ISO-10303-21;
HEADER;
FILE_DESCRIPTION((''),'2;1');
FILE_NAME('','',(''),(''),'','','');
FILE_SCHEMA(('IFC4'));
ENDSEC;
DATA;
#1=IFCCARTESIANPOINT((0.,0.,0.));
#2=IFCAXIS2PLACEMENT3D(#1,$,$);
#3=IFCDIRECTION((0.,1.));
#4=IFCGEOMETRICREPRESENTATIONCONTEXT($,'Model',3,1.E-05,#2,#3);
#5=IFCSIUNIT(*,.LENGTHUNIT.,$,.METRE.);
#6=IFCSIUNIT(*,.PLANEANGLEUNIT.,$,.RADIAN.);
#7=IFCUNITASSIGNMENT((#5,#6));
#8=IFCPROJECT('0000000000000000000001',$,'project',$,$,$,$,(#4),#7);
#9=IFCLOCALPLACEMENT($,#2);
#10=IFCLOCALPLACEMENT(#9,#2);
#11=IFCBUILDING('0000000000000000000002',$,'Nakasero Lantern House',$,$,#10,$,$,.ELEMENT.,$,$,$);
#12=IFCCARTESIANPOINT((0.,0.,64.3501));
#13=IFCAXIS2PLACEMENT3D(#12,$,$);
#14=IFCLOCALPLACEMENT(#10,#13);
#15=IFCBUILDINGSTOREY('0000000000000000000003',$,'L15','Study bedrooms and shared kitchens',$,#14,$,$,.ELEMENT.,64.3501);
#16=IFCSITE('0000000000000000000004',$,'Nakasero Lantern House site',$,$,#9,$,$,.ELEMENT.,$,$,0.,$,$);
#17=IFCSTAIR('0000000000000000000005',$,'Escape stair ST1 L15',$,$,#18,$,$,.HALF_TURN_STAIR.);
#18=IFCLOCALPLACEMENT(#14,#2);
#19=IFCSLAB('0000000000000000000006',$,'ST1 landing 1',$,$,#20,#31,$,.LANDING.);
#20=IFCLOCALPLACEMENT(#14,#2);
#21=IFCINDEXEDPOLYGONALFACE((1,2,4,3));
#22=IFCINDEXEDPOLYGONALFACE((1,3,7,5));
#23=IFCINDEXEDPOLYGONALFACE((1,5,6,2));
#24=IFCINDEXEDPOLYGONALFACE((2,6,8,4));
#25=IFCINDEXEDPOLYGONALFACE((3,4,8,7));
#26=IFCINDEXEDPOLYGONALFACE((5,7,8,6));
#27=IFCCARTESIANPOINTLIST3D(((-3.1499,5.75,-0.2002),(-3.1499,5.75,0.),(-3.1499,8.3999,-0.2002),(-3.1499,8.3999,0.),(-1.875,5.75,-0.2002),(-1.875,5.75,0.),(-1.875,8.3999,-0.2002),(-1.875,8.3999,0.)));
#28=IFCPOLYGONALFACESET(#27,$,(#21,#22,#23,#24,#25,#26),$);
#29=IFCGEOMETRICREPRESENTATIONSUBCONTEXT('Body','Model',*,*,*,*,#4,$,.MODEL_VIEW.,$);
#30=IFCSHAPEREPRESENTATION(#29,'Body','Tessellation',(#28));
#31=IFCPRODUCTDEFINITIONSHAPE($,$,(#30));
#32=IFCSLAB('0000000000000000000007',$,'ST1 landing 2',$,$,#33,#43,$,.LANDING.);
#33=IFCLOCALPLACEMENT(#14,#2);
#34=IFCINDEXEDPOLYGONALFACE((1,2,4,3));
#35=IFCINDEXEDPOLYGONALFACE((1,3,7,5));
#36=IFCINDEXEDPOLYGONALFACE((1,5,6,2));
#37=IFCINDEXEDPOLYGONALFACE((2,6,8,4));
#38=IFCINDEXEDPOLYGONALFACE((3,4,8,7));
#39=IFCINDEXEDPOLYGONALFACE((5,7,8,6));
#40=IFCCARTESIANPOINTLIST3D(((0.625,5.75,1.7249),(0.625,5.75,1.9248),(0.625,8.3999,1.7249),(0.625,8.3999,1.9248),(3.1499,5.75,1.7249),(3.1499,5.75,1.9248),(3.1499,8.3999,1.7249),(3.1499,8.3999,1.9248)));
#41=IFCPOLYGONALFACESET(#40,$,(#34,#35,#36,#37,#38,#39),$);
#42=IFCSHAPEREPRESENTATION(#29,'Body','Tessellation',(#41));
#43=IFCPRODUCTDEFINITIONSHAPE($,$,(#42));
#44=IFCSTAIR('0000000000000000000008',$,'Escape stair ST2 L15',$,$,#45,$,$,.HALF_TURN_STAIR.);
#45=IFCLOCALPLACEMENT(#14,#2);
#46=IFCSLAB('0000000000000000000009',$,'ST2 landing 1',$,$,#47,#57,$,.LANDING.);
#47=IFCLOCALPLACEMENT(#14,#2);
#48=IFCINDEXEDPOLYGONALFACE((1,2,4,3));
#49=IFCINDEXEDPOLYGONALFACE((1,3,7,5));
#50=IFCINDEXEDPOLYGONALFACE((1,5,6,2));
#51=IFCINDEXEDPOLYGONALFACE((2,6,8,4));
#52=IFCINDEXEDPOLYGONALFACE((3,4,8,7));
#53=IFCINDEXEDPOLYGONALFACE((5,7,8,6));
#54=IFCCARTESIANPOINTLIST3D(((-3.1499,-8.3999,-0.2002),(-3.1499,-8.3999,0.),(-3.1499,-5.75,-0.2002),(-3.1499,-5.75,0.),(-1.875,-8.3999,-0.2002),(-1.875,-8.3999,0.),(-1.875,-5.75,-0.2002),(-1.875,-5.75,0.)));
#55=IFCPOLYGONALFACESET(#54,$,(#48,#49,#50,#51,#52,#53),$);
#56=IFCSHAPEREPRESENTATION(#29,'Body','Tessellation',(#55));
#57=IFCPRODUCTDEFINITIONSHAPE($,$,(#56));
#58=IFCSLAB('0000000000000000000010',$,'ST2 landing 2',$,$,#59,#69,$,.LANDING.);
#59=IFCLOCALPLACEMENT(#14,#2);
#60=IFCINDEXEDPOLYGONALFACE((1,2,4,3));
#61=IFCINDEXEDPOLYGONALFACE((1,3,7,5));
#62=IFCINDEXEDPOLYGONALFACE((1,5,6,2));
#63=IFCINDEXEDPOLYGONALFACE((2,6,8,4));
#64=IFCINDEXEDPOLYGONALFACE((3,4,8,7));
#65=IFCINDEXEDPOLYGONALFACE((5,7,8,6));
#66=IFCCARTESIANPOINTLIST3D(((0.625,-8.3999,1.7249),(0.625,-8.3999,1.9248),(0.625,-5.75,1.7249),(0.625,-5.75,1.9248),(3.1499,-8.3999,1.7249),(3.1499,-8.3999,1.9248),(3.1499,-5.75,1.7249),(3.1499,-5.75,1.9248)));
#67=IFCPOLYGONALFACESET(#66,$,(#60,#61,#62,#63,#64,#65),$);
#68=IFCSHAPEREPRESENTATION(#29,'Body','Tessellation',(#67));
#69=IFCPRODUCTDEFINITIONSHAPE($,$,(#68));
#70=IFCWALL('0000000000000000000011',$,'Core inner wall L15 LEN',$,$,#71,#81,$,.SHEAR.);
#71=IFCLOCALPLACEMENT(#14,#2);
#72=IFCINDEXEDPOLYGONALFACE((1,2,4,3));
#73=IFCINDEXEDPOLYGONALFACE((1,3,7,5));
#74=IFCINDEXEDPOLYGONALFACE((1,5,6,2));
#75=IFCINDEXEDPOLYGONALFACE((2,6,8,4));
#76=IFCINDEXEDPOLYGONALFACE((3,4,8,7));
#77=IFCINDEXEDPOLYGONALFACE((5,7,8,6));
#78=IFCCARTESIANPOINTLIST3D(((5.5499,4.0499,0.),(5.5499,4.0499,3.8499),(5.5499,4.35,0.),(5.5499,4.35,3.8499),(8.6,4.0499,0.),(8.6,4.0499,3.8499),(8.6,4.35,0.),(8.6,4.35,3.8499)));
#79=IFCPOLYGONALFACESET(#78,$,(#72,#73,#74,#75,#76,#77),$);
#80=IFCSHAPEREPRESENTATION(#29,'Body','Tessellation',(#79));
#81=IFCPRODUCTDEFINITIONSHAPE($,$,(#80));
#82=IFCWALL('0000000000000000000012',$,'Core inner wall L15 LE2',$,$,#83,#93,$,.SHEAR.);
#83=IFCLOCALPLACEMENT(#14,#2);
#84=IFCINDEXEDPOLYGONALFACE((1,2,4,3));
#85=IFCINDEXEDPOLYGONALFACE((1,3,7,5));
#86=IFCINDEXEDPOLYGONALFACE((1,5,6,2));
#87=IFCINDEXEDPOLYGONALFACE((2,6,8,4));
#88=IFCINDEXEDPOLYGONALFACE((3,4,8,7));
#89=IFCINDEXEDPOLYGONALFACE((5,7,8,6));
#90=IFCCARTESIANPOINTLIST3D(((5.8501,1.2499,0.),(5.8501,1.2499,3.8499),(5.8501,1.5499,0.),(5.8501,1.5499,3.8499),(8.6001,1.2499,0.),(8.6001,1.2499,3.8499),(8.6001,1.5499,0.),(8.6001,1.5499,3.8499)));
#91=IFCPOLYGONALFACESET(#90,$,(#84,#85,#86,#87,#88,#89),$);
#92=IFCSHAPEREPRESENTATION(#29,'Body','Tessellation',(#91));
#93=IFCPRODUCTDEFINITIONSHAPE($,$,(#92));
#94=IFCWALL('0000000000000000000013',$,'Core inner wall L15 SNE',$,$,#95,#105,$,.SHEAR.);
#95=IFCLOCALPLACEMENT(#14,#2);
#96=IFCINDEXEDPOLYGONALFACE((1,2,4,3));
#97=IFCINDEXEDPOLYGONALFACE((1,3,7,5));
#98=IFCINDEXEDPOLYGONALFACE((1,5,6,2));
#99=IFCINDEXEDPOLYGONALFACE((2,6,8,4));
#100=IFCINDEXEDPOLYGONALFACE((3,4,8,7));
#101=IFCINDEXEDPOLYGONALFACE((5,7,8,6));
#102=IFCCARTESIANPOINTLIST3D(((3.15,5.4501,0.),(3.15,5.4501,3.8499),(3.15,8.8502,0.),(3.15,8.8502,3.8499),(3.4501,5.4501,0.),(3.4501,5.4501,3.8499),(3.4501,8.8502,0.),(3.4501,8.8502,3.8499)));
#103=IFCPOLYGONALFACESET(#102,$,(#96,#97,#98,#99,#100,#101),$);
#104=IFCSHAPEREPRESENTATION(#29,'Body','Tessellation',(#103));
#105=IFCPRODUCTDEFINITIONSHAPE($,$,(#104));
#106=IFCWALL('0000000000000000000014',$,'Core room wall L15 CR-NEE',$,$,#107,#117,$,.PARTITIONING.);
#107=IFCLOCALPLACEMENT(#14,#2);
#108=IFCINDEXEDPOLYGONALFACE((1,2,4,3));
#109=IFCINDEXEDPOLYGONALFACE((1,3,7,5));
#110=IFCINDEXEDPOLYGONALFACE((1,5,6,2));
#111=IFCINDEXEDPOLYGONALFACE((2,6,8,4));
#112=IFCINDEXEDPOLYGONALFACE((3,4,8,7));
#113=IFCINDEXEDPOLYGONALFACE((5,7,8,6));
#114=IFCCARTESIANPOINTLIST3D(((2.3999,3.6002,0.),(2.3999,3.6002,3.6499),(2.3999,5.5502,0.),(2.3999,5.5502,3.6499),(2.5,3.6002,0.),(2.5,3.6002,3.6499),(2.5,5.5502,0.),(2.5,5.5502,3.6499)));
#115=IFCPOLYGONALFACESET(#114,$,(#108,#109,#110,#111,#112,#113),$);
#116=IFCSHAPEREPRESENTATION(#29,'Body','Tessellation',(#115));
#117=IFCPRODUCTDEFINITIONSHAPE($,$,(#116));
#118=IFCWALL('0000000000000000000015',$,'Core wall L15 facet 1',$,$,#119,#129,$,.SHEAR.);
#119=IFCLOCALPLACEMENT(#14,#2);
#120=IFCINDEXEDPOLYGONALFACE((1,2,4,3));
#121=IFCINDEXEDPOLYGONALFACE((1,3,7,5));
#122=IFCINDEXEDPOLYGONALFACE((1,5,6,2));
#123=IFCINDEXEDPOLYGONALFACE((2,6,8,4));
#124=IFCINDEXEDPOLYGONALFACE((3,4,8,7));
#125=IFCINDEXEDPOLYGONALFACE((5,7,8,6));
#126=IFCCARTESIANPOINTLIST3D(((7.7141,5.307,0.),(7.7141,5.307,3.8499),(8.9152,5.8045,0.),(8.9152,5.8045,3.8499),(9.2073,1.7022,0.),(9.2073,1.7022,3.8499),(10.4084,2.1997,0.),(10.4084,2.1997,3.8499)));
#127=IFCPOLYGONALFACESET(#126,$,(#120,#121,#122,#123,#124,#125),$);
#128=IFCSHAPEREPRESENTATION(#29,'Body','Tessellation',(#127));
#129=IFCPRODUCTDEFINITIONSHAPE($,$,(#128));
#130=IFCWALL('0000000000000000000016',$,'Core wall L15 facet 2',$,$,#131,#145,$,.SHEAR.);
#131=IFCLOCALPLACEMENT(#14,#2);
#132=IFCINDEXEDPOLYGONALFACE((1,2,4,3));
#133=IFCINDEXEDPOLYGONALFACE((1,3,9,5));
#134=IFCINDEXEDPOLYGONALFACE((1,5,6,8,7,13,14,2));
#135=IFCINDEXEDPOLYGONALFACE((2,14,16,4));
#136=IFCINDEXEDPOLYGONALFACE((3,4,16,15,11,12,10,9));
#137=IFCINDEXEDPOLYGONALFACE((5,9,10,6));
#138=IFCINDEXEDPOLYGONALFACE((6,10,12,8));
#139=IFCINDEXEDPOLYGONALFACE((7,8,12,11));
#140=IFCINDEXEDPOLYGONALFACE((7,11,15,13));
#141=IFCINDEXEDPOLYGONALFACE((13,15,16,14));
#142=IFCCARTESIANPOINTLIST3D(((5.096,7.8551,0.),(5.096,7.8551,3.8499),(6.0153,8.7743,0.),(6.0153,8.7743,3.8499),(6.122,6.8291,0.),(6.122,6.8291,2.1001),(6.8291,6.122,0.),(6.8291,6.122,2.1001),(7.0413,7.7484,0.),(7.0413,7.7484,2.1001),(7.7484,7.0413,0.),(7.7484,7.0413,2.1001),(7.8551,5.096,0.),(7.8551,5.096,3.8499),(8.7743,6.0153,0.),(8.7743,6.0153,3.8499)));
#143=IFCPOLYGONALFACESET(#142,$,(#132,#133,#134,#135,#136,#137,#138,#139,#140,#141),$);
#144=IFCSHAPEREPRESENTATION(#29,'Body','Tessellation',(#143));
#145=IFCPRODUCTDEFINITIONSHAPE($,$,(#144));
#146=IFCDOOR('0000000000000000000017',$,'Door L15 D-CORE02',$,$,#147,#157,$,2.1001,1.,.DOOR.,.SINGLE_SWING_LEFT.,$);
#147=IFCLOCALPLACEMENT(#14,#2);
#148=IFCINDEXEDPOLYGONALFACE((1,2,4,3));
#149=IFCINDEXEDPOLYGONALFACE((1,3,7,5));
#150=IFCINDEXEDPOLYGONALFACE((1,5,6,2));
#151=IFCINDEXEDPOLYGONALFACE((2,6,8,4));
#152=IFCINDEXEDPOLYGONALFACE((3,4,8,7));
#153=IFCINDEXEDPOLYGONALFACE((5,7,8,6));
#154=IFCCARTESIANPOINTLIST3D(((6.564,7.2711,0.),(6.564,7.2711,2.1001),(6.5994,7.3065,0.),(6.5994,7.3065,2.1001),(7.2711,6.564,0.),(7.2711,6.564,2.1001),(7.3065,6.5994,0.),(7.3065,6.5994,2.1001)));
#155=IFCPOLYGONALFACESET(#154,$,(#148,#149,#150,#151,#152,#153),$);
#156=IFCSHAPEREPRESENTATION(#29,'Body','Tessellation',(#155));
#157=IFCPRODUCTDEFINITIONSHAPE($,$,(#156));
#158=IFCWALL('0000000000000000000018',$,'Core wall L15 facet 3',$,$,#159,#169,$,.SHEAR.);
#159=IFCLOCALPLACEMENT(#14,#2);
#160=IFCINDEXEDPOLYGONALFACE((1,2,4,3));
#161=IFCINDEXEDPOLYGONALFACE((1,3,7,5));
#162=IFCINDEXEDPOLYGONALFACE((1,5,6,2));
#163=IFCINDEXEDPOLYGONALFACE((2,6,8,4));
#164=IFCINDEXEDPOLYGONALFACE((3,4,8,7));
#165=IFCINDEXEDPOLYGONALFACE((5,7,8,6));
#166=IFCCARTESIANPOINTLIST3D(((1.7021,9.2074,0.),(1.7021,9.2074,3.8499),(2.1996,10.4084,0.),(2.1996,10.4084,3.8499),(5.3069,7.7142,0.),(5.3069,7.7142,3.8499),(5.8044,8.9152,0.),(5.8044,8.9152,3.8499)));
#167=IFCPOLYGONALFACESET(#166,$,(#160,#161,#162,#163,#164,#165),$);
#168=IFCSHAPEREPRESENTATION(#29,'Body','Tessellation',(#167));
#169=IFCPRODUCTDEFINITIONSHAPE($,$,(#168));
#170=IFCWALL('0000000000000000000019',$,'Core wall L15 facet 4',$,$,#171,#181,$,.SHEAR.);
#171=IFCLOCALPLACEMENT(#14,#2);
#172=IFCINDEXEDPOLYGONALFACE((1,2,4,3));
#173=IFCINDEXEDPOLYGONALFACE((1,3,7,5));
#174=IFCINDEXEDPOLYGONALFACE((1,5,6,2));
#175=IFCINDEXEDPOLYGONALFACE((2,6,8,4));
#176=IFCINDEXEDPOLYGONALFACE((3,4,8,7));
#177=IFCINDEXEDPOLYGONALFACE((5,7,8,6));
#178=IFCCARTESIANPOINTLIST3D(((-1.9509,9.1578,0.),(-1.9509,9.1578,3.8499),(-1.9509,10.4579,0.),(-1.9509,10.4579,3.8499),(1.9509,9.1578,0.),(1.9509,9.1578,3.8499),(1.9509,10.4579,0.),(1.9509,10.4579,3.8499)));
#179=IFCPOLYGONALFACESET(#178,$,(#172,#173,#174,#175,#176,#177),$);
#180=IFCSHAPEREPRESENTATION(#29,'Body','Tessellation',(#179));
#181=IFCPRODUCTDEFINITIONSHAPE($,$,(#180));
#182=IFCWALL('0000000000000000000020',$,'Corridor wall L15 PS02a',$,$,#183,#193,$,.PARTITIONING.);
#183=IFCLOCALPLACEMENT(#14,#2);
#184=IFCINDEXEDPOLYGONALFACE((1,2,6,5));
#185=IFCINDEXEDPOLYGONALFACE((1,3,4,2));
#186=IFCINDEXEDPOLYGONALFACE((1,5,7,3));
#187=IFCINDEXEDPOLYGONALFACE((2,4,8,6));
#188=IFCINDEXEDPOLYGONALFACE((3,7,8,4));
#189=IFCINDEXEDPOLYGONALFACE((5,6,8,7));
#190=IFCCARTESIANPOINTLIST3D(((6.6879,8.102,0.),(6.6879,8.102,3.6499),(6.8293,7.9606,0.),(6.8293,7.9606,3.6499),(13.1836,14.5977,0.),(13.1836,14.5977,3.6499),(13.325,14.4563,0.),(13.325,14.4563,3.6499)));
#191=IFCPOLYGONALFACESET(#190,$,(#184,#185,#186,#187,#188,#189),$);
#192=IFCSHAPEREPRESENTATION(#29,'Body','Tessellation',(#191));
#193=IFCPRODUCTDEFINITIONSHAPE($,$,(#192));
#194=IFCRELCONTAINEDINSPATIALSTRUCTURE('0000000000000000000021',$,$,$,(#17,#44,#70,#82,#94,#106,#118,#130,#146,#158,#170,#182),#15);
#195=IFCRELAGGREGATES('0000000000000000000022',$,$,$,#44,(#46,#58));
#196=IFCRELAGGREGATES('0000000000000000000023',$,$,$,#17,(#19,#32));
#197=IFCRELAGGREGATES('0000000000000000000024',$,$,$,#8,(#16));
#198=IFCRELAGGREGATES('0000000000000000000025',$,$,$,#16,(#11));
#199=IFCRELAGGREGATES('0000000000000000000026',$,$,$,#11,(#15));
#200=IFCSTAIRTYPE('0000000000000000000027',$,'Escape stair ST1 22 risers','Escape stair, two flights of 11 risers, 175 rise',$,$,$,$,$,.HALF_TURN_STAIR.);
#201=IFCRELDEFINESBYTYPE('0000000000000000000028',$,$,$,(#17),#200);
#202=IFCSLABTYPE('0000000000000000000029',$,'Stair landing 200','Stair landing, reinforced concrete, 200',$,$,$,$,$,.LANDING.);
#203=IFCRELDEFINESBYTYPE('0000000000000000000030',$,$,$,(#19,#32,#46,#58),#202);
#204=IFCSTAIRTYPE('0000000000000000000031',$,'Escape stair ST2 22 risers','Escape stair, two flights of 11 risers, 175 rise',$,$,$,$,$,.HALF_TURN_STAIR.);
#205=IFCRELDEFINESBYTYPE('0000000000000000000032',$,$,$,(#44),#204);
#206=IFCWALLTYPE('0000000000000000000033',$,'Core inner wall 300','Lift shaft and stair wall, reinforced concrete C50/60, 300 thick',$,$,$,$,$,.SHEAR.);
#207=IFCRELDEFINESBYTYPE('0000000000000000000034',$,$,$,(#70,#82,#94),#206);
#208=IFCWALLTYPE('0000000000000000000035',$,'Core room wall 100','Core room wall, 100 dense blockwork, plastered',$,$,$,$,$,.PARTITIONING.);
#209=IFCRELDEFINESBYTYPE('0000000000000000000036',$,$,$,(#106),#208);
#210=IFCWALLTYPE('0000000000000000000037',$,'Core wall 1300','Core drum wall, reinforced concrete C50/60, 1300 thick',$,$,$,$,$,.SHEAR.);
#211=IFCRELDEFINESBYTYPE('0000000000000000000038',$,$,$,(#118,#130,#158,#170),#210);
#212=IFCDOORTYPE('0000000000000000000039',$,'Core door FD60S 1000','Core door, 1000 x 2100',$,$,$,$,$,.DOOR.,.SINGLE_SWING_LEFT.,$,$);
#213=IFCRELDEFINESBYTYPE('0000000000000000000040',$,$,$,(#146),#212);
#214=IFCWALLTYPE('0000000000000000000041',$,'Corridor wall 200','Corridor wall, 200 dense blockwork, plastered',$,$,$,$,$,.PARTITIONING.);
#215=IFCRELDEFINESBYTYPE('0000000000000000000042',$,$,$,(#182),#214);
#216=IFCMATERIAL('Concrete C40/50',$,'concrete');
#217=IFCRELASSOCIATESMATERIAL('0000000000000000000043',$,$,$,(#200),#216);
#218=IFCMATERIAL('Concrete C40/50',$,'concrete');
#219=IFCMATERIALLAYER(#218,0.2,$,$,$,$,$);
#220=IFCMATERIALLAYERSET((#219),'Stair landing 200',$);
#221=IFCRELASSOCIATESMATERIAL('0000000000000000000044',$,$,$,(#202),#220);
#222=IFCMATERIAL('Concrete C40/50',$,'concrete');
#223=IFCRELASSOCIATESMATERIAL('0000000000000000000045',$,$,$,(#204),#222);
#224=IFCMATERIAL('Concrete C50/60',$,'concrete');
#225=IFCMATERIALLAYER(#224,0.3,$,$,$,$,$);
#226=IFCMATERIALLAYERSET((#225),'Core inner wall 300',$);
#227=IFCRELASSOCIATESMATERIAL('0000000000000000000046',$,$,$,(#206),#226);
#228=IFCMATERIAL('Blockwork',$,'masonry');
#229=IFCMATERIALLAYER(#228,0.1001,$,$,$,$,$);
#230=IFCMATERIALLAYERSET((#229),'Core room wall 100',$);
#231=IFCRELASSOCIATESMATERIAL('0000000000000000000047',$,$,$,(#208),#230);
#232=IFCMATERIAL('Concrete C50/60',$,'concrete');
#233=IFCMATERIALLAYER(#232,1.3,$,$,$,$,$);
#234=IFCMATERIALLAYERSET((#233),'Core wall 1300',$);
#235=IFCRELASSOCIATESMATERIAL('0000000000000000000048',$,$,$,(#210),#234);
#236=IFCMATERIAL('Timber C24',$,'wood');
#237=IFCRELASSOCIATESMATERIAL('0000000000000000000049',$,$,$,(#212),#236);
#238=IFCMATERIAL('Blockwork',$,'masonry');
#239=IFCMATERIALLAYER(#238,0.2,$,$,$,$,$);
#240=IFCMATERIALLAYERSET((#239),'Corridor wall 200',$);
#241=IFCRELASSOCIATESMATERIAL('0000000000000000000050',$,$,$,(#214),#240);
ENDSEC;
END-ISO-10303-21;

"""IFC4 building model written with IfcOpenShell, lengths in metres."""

from ifc_helpers import new_model, si_unit, direction, frame, frame_2d, origin, place, context, subcontext, project, spatial, polyline, rectangle, outline, extrude, material, layer, layer_set, type_object, element, fill, aggregate, save


model = new_model("IFC4")

# Units and contexts
model_context = context("Model", 3, precision=1e-05, world=origin(), true_north=direction((0.0, 1.0)))
body_context = subcontext(model_context, "Body", "Model", "MODEL_VIEW")
ifc_project = project(units=[si_unit("LENGTHUNIT", "METRE"), si_unit("PLANEANGLEUNIT", "RADIAN")], contexts=[model_context])

# Site, building, storey
site_placement = place(None, origin())
site = spatial("IfcSite", under=ifc_project, at=site_placement, Name="Nakasero Lantern House site", CompositionType="ELEMENT", RefElevation=0.0)
building_placement = place(site_placement, origin())
building = spatial("IfcBuilding", under=site, at=building_placement, Name="Nakasero Lantern House", CompositionType="ELEMENT")
storey_placement = place(building_placement, frame((0.0, 0.0, 64.3501)))
storey = spatial("IfcBuildingStorey", under=building, at=storey_placement, Name="L15", Description="Study bedrooms and shared kitchens", CompositionType="ELEMENT", Elevation=64.3501)

# Stairs, slabs
ifc_material_1 = material(Name="Concrete C40/50", Category="concrete")
stair_type_1 = type_object("IfcStairType", Name="Escape stair ST1 22 risers", Description="Escape stair, two flights of 11 risers, 175 rise", PredefinedType="HALF_TURN_STAIR", material=ifc_material_1)
stair_1_placement = place(storey_placement, origin())
stair_1 = element("IfcStair", 1, at=stair_1_placement, inside=storey, type_object=stair_type_1, Name="Escape stair ST1 L15", PredefinedType="HALF_TURN_STAIR")
ifc_material_2 = material(Name="Concrete C40/50", Category="concrete")
ifc_layer_1 = layer(ifc_material_2, 0.2)
ifc_layer_set_1 = layer_set([ifc_layer_1], Name="Stair landing 200")
slab_type = type_object("IfcSlabType", Name="Stair landing 200", Description="Stair landing, reinforced concrete, 200", PredefinedType="LANDING", material=ifc_layer_set_1)
slab_1_placement = place(storey_placement, frame((0.0, 0.0, -0.2002)))
slab_1 = element("IfcSlab", 2, at=slab_1_placement, type_object=slab_type, Name="ST1 landing 1", PredefinedType="LANDING", context=body_context, shape_type="SweptSolid", body=[
    extrude(outline(polyline([(-3.1499, 5.75), (-1.875, 5.75), (-1.875, 8.3999), (-3.1499, 8.3999), (-3.1499, 5.75)])), origin(), (0.0, 0.0, 1.0), 0.2002),
])
slab_2_placement = place(storey_placement, frame((0.0, 0.0, 1.7249)))
slab_2 = element("IfcSlab", 3, at=slab_2_placement, type_object=slab_type, Name="ST1 landing 2", PredefinedType="LANDING", context=body_context, shape_type="SweptSolid", body=[
    extrude(outline(polyline([(0.625, 5.75), (3.1499, 5.75), (3.1499, 8.3999), (0.625, 8.3999), (0.625, 5.75)])), origin(), (0.0, 0.0, 1.0), 0.2),
])
ifc_material_3 = material(Name="Concrete C40/50", Category="concrete")
stair_type_2 = type_object("IfcStairType", Name="Escape stair ST2 22 risers", Description="Escape stair, two flights of 11 risers, 175 rise", PredefinedType="HALF_TURN_STAIR", material=ifc_material_3)
stair_2_placement = place(storey_placement, origin())
stair_2 = element("IfcStair", 4, at=stair_2_placement, inside=storey, type_object=stair_type_2, Name="Escape stair ST2 L15", PredefinedType="HALF_TURN_STAIR")
slab_3_placement = place(storey_placement, frame((0.0, 0.0, -0.2002)))
slab_3 = element("IfcSlab", 5, at=slab_3_placement, type_object=slab_type, Name="ST2 landing 1", PredefinedType="LANDING", context=body_context, shape_type="SweptSolid", body=[
    extrude(outline(polyline([(-3.1499, -8.3999), (-1.875, -8.3999), (-1.875, -5.75), (-3.1499, -5.75), (-3.1499, -8.3999)])), origin(), (0.0, 0.0, 1.0), 0.2002),
])
slab_4_placement = place(storey_placement, frame((0.0, 0.0, 1.7249)))
slab_4 = element("IfcSlab", 6, at=slab_4_placement, type_object=slab_type, Name="ST2 landing 2", PredefinedType="LANDING", context=body_context, shape_type="SweptSolid", body=[
    extrude(outline(polyline([(0.625, -8.3999), (3.1499, -8.3999), (3.1499, -5.75), (0.625, -5.75), (0.625, -8.3999)])), origin(), (0.0, 0.0, 1.0), 0.2),
])
aggregate(stair_2, [slab_3, slab_4])

# Walls
ifc_material_4 = material(Name="Concrete C50/60", Category="concrete")
ifc_layer_2 = layer(ifc_material_4, 0.3)
ifc_layer_set_2 = layer_set([ifc_layer_2], Name="Core inner wall 300")
wall_type_1 = type_object("IfcWallType", Name="Core inner wall 300", Description="Lift shaft and stair wall, reinforced concrete C50/60, 300 thick", PredefinedType="SHEAR", material=ifc_layer_set_2)
wall_1_placement = place(storey_placement, frame((5.55, 4.2, 0.0), z_axis=(0.0, 0.0, 1.0), x_axis=(1.0, 0.0, 0.0)))
element("IfcWall", 7, at=wall_1_placement, inside=storey, type_object=wall_type_1, Name="Core inner wall L15 LEN", PredefinedType="SHEAR", context=body_context, shape_type="SweptSolid", body=[
    extrude(rectangle(XDim=3.05, YDim=0.3, at=frame_2d((1.5249, 0.0))), origin(), (0.0, 0.0, 1.0), 3.8499),
])
wall_2_placement = place(storey_placement, frame((5.8501, 1.3999, 0.0), z_axis=(0.0, 0.0, 1.0), x_axis=(1.0, 0.0, 0.0)))
element("IfcWall", 8, at=wall_2_placement, inside=storey, type_object=wall_type_1, Name="Core inner wall L15 LE2", PredefinedType="SHEAR", context=body_context, shape_type="SweptSolid", body=[
    extrude(rectangle(XDim=2.75, YDim=0.3, at=frame_2d((1.375, 0.0))), origin(), (0.0, 0.0, 1.0), 3.8499),
])
wall_3_placement = place(storey_placement, frame((3.3, 5.45, 0.0), z_axis=(0.0, 0.0, 1.0), x_axis=(0.0, 1.0, 0.0)))
element("IfcWall", 9, at=wall_3_placement, inside=storey, type_object=wall_type_1, Name="Core inner wall L15 SNE", PredefinedType="SHEAR", context=body_context, shape_type="SweptSolid", body=[
    extrude(rectangle(XDim=3.4001, YDim=0.3, at=frame_2d((1.7002, 0.0))), origin(), (0.0, 0.0, 1.0), 3.8499),
])
ifc_material_5 = material(Name="Blockwork", Category="masonry")
ifc_layer_3 = layer(ifc_material_5, 0.1001)
ifc_layer_set_3 = layer_set([ifc_layer_3], Name="Core room wall 100")
wall_type_2 = type_object("IfcWallType", Name="Core room wall 100", Description="Core room wall, 100 dense blockwork, plastered", PredefinedType="PARTITIONING", material=ifc_layer_set_3)
wall_4_placement = place(storey_placement, frame((2.45, 3.6001, 0.0), z_axis=(0.0, 0.0, 1.0), x_axis=(0.0, 1.0, 0.0)))
element("IfcWall", 10, at=wall_4_placement, inside=storey, type_object=wall_type_2, Name="Core room wall L15 CR-NEE", PredefinedType="PARTITIONING", context=body_context, shape_type="SweptSolid", body=[
    extrude(rectangle(XDim=1.95, YDim=0.1001, at=frame_2d((0.9751, 0.0))), origin(), (0.0, 0.0, 1.0), 3.6499),
])
ifc_material_6 = material(Name="Concrete C50/60", Category="concrete")
ifc_layer_4 = layer(ifc_material_6, 1.3)
ifc_layer_set_4 = layer_set([ifc_layer_4], Name="Core wall 1300")
wall_type_3 = type_object("IfcWallType", Name="Core wall 1300", Description="Core drum wall, reinforced concrete C50/60, 1300 thick", PredefinedType="SHEAR", material=ifc_layer_set_4)
wall_5_placement = place(storey_placement, frame((9.8079, 1.9509, 0.0), z_axis=(0.0, 0.0, 1.0), x_axis=(-0.382691, 0.923877, 0.0)))
element("IfcWall", 11, at=wall_5_placement, inside=storey, type_object=wall_type_3, Name="Core wall L15 facet 1", PredefinedType="SHEAR", context=body_context, shape_type="SweptSolid", body=[
    extrude(rectangle(XDim=3.9019, YDim=1.3, at=frame_2d((1.9509, 0.0))), origin(), (0.0, 0.0, 1.0), 3.8499),
])

# Wall, opening, door
wall_6_placement = place(storey_placement, frame((8.3147, 5.5557, 0.0), z_axis=(0.0, 0.0, 1.0), x_axis=(-0.707107, 0.707107, 0.0)))
wall_6 = element("IfcWall", 12, at=wall_6_placement, inside=storey, type_object=wall_type_3, Name="Core wall L15 facet 2", PredefinedType="SHEAR", context=body_context, shape_type="SweptSolid", body=[
    extrude(rectangle(XDim=3.9019, YDim=1.3, at=frame_2d((1.9509, 0.0))), origin(), (0.0, 0.0, 1.0), 3.8499),
])
opening_1_placement = place(wall_6_placement, frame((1.4509, 0.0, 0.0)))
opening_1 = element("IfcOpeningElement", 13, at=opening_1_placement, cuts=wall_6, PredefinedType="OPENING", context=body_context, shape_type="SweptSolid", body=[
    extrude(rectangle(XDim=1.0, YDim=2.1001, at=frame_2d((0.5, 1.05))), frame((0.0, 0.6699, 0.0), z_axis=(0.0, -1.0, 0.0), x_axis=(1.0, 0.0, 0.0)), (0.0, 0.0, 1.0), 1.3401),
])
ifc_material_7 = material(Name="Timber C24", Category="wood")
door_type_1 = type_object("IfcDoorType", Name="Core door FD60S 1000", Description="Core door, 1000 x 2100", OperationType="SINGLE_SWING_LEFT", PredefinedType="DOOR", material=ifc_material_7)
door_1_placement = place(opening_1_placement, origin())
door_1 = element("IfcDoor", 14, at=door_1_placement, inside=storey, type_object=door_type_1, Name="Door L15 D-CORE02", OperationType="SINGLE_SWING_LEFT", OverallHeight=2.1001, OverallWidth=1.0, PredefinedType="DOOR", context=body_context, shape_type="SweptSolid", body=[
    extrude(rectangle(XDim=1.0, YDim=2.1001, at=frame_2d((0.5, 1.05))), frame((0.0, 0.0249, 0.0), z_axis=(0.0, -1.0, 0.0), x_axis=(1.0, 0.0, 0.0)), (0.0, 0.0, 1.0), 0.05),
])
fill(opening_1, door_1)

# Walls
for number, where, z_axis, x_axis, name in (
    (15, (5.5557, 8.3147, 0.0), (0.0, 0.0, 1.0), (-0.923877, 0.382691, 0.0), "Core wall L15 facet 3"),
    (16, (1.9509, 9.8079, 0.0), (0.0, 0.0, 1.0), (-1.0, 0.0, 0.0), "Core wall L15 facet 4"),
):
    element("IfcWall", number, at=place(storey_placement, frame(where, z_axis=z_axis, x_axis=x_axis)), inside=storey, type_object=wall_type_3, Name=name, PredefinedType="SHEAR", context=body_context, shape_type="SweptSolid", body=[
        extrude(rectangle(XDim=3.9019, YDim=1.3, at=frame_2d((1.9509, 0.0))), origin(), (0.0, 0.0, 1.0), 3.8499),
    ])
ifc_material_8 = material(Name="Blockwork", Category="masonry")
ifc_layer_5 = layer(ifc_material_8, 0.2)
ifc_layer_set_5 = layer_set([ifc_layer_5], Name="Corridor wall 200")
wall_type_4 = type_object("IfcWallType", Name="Corridor wall 200", Description="Corridor wall, 200 dense blockwork, plastered", PredefinedType="PARTITIONING", material=ifc_layer_set_5)
wall_7_placement = place(storey_placement, frame((6.7585, 8.0312, 0.0), z_axis=(0.0, 0.0, 1.0), x_axis=(0.707107, 0.707107, 0.0)))
element("IfcWall", 17, at=wall_7_placement, inside=storey, type_object=wall_type_4, Name="Corridor wall L15 PS02a", PredefinedType="PARTITIONING", context=body_context, shape_type="SweptSolid", body=[
    extrude(rectangle(XDim=9.1863, YDim=0.2, at=frame_2d((4.5933, 0.0))), origin(), (0.0, 0.0, 1.0), 3.6499),
])

aggregate(stair_1, [slab_1, slab_2])

save(model, "model.ifc")
